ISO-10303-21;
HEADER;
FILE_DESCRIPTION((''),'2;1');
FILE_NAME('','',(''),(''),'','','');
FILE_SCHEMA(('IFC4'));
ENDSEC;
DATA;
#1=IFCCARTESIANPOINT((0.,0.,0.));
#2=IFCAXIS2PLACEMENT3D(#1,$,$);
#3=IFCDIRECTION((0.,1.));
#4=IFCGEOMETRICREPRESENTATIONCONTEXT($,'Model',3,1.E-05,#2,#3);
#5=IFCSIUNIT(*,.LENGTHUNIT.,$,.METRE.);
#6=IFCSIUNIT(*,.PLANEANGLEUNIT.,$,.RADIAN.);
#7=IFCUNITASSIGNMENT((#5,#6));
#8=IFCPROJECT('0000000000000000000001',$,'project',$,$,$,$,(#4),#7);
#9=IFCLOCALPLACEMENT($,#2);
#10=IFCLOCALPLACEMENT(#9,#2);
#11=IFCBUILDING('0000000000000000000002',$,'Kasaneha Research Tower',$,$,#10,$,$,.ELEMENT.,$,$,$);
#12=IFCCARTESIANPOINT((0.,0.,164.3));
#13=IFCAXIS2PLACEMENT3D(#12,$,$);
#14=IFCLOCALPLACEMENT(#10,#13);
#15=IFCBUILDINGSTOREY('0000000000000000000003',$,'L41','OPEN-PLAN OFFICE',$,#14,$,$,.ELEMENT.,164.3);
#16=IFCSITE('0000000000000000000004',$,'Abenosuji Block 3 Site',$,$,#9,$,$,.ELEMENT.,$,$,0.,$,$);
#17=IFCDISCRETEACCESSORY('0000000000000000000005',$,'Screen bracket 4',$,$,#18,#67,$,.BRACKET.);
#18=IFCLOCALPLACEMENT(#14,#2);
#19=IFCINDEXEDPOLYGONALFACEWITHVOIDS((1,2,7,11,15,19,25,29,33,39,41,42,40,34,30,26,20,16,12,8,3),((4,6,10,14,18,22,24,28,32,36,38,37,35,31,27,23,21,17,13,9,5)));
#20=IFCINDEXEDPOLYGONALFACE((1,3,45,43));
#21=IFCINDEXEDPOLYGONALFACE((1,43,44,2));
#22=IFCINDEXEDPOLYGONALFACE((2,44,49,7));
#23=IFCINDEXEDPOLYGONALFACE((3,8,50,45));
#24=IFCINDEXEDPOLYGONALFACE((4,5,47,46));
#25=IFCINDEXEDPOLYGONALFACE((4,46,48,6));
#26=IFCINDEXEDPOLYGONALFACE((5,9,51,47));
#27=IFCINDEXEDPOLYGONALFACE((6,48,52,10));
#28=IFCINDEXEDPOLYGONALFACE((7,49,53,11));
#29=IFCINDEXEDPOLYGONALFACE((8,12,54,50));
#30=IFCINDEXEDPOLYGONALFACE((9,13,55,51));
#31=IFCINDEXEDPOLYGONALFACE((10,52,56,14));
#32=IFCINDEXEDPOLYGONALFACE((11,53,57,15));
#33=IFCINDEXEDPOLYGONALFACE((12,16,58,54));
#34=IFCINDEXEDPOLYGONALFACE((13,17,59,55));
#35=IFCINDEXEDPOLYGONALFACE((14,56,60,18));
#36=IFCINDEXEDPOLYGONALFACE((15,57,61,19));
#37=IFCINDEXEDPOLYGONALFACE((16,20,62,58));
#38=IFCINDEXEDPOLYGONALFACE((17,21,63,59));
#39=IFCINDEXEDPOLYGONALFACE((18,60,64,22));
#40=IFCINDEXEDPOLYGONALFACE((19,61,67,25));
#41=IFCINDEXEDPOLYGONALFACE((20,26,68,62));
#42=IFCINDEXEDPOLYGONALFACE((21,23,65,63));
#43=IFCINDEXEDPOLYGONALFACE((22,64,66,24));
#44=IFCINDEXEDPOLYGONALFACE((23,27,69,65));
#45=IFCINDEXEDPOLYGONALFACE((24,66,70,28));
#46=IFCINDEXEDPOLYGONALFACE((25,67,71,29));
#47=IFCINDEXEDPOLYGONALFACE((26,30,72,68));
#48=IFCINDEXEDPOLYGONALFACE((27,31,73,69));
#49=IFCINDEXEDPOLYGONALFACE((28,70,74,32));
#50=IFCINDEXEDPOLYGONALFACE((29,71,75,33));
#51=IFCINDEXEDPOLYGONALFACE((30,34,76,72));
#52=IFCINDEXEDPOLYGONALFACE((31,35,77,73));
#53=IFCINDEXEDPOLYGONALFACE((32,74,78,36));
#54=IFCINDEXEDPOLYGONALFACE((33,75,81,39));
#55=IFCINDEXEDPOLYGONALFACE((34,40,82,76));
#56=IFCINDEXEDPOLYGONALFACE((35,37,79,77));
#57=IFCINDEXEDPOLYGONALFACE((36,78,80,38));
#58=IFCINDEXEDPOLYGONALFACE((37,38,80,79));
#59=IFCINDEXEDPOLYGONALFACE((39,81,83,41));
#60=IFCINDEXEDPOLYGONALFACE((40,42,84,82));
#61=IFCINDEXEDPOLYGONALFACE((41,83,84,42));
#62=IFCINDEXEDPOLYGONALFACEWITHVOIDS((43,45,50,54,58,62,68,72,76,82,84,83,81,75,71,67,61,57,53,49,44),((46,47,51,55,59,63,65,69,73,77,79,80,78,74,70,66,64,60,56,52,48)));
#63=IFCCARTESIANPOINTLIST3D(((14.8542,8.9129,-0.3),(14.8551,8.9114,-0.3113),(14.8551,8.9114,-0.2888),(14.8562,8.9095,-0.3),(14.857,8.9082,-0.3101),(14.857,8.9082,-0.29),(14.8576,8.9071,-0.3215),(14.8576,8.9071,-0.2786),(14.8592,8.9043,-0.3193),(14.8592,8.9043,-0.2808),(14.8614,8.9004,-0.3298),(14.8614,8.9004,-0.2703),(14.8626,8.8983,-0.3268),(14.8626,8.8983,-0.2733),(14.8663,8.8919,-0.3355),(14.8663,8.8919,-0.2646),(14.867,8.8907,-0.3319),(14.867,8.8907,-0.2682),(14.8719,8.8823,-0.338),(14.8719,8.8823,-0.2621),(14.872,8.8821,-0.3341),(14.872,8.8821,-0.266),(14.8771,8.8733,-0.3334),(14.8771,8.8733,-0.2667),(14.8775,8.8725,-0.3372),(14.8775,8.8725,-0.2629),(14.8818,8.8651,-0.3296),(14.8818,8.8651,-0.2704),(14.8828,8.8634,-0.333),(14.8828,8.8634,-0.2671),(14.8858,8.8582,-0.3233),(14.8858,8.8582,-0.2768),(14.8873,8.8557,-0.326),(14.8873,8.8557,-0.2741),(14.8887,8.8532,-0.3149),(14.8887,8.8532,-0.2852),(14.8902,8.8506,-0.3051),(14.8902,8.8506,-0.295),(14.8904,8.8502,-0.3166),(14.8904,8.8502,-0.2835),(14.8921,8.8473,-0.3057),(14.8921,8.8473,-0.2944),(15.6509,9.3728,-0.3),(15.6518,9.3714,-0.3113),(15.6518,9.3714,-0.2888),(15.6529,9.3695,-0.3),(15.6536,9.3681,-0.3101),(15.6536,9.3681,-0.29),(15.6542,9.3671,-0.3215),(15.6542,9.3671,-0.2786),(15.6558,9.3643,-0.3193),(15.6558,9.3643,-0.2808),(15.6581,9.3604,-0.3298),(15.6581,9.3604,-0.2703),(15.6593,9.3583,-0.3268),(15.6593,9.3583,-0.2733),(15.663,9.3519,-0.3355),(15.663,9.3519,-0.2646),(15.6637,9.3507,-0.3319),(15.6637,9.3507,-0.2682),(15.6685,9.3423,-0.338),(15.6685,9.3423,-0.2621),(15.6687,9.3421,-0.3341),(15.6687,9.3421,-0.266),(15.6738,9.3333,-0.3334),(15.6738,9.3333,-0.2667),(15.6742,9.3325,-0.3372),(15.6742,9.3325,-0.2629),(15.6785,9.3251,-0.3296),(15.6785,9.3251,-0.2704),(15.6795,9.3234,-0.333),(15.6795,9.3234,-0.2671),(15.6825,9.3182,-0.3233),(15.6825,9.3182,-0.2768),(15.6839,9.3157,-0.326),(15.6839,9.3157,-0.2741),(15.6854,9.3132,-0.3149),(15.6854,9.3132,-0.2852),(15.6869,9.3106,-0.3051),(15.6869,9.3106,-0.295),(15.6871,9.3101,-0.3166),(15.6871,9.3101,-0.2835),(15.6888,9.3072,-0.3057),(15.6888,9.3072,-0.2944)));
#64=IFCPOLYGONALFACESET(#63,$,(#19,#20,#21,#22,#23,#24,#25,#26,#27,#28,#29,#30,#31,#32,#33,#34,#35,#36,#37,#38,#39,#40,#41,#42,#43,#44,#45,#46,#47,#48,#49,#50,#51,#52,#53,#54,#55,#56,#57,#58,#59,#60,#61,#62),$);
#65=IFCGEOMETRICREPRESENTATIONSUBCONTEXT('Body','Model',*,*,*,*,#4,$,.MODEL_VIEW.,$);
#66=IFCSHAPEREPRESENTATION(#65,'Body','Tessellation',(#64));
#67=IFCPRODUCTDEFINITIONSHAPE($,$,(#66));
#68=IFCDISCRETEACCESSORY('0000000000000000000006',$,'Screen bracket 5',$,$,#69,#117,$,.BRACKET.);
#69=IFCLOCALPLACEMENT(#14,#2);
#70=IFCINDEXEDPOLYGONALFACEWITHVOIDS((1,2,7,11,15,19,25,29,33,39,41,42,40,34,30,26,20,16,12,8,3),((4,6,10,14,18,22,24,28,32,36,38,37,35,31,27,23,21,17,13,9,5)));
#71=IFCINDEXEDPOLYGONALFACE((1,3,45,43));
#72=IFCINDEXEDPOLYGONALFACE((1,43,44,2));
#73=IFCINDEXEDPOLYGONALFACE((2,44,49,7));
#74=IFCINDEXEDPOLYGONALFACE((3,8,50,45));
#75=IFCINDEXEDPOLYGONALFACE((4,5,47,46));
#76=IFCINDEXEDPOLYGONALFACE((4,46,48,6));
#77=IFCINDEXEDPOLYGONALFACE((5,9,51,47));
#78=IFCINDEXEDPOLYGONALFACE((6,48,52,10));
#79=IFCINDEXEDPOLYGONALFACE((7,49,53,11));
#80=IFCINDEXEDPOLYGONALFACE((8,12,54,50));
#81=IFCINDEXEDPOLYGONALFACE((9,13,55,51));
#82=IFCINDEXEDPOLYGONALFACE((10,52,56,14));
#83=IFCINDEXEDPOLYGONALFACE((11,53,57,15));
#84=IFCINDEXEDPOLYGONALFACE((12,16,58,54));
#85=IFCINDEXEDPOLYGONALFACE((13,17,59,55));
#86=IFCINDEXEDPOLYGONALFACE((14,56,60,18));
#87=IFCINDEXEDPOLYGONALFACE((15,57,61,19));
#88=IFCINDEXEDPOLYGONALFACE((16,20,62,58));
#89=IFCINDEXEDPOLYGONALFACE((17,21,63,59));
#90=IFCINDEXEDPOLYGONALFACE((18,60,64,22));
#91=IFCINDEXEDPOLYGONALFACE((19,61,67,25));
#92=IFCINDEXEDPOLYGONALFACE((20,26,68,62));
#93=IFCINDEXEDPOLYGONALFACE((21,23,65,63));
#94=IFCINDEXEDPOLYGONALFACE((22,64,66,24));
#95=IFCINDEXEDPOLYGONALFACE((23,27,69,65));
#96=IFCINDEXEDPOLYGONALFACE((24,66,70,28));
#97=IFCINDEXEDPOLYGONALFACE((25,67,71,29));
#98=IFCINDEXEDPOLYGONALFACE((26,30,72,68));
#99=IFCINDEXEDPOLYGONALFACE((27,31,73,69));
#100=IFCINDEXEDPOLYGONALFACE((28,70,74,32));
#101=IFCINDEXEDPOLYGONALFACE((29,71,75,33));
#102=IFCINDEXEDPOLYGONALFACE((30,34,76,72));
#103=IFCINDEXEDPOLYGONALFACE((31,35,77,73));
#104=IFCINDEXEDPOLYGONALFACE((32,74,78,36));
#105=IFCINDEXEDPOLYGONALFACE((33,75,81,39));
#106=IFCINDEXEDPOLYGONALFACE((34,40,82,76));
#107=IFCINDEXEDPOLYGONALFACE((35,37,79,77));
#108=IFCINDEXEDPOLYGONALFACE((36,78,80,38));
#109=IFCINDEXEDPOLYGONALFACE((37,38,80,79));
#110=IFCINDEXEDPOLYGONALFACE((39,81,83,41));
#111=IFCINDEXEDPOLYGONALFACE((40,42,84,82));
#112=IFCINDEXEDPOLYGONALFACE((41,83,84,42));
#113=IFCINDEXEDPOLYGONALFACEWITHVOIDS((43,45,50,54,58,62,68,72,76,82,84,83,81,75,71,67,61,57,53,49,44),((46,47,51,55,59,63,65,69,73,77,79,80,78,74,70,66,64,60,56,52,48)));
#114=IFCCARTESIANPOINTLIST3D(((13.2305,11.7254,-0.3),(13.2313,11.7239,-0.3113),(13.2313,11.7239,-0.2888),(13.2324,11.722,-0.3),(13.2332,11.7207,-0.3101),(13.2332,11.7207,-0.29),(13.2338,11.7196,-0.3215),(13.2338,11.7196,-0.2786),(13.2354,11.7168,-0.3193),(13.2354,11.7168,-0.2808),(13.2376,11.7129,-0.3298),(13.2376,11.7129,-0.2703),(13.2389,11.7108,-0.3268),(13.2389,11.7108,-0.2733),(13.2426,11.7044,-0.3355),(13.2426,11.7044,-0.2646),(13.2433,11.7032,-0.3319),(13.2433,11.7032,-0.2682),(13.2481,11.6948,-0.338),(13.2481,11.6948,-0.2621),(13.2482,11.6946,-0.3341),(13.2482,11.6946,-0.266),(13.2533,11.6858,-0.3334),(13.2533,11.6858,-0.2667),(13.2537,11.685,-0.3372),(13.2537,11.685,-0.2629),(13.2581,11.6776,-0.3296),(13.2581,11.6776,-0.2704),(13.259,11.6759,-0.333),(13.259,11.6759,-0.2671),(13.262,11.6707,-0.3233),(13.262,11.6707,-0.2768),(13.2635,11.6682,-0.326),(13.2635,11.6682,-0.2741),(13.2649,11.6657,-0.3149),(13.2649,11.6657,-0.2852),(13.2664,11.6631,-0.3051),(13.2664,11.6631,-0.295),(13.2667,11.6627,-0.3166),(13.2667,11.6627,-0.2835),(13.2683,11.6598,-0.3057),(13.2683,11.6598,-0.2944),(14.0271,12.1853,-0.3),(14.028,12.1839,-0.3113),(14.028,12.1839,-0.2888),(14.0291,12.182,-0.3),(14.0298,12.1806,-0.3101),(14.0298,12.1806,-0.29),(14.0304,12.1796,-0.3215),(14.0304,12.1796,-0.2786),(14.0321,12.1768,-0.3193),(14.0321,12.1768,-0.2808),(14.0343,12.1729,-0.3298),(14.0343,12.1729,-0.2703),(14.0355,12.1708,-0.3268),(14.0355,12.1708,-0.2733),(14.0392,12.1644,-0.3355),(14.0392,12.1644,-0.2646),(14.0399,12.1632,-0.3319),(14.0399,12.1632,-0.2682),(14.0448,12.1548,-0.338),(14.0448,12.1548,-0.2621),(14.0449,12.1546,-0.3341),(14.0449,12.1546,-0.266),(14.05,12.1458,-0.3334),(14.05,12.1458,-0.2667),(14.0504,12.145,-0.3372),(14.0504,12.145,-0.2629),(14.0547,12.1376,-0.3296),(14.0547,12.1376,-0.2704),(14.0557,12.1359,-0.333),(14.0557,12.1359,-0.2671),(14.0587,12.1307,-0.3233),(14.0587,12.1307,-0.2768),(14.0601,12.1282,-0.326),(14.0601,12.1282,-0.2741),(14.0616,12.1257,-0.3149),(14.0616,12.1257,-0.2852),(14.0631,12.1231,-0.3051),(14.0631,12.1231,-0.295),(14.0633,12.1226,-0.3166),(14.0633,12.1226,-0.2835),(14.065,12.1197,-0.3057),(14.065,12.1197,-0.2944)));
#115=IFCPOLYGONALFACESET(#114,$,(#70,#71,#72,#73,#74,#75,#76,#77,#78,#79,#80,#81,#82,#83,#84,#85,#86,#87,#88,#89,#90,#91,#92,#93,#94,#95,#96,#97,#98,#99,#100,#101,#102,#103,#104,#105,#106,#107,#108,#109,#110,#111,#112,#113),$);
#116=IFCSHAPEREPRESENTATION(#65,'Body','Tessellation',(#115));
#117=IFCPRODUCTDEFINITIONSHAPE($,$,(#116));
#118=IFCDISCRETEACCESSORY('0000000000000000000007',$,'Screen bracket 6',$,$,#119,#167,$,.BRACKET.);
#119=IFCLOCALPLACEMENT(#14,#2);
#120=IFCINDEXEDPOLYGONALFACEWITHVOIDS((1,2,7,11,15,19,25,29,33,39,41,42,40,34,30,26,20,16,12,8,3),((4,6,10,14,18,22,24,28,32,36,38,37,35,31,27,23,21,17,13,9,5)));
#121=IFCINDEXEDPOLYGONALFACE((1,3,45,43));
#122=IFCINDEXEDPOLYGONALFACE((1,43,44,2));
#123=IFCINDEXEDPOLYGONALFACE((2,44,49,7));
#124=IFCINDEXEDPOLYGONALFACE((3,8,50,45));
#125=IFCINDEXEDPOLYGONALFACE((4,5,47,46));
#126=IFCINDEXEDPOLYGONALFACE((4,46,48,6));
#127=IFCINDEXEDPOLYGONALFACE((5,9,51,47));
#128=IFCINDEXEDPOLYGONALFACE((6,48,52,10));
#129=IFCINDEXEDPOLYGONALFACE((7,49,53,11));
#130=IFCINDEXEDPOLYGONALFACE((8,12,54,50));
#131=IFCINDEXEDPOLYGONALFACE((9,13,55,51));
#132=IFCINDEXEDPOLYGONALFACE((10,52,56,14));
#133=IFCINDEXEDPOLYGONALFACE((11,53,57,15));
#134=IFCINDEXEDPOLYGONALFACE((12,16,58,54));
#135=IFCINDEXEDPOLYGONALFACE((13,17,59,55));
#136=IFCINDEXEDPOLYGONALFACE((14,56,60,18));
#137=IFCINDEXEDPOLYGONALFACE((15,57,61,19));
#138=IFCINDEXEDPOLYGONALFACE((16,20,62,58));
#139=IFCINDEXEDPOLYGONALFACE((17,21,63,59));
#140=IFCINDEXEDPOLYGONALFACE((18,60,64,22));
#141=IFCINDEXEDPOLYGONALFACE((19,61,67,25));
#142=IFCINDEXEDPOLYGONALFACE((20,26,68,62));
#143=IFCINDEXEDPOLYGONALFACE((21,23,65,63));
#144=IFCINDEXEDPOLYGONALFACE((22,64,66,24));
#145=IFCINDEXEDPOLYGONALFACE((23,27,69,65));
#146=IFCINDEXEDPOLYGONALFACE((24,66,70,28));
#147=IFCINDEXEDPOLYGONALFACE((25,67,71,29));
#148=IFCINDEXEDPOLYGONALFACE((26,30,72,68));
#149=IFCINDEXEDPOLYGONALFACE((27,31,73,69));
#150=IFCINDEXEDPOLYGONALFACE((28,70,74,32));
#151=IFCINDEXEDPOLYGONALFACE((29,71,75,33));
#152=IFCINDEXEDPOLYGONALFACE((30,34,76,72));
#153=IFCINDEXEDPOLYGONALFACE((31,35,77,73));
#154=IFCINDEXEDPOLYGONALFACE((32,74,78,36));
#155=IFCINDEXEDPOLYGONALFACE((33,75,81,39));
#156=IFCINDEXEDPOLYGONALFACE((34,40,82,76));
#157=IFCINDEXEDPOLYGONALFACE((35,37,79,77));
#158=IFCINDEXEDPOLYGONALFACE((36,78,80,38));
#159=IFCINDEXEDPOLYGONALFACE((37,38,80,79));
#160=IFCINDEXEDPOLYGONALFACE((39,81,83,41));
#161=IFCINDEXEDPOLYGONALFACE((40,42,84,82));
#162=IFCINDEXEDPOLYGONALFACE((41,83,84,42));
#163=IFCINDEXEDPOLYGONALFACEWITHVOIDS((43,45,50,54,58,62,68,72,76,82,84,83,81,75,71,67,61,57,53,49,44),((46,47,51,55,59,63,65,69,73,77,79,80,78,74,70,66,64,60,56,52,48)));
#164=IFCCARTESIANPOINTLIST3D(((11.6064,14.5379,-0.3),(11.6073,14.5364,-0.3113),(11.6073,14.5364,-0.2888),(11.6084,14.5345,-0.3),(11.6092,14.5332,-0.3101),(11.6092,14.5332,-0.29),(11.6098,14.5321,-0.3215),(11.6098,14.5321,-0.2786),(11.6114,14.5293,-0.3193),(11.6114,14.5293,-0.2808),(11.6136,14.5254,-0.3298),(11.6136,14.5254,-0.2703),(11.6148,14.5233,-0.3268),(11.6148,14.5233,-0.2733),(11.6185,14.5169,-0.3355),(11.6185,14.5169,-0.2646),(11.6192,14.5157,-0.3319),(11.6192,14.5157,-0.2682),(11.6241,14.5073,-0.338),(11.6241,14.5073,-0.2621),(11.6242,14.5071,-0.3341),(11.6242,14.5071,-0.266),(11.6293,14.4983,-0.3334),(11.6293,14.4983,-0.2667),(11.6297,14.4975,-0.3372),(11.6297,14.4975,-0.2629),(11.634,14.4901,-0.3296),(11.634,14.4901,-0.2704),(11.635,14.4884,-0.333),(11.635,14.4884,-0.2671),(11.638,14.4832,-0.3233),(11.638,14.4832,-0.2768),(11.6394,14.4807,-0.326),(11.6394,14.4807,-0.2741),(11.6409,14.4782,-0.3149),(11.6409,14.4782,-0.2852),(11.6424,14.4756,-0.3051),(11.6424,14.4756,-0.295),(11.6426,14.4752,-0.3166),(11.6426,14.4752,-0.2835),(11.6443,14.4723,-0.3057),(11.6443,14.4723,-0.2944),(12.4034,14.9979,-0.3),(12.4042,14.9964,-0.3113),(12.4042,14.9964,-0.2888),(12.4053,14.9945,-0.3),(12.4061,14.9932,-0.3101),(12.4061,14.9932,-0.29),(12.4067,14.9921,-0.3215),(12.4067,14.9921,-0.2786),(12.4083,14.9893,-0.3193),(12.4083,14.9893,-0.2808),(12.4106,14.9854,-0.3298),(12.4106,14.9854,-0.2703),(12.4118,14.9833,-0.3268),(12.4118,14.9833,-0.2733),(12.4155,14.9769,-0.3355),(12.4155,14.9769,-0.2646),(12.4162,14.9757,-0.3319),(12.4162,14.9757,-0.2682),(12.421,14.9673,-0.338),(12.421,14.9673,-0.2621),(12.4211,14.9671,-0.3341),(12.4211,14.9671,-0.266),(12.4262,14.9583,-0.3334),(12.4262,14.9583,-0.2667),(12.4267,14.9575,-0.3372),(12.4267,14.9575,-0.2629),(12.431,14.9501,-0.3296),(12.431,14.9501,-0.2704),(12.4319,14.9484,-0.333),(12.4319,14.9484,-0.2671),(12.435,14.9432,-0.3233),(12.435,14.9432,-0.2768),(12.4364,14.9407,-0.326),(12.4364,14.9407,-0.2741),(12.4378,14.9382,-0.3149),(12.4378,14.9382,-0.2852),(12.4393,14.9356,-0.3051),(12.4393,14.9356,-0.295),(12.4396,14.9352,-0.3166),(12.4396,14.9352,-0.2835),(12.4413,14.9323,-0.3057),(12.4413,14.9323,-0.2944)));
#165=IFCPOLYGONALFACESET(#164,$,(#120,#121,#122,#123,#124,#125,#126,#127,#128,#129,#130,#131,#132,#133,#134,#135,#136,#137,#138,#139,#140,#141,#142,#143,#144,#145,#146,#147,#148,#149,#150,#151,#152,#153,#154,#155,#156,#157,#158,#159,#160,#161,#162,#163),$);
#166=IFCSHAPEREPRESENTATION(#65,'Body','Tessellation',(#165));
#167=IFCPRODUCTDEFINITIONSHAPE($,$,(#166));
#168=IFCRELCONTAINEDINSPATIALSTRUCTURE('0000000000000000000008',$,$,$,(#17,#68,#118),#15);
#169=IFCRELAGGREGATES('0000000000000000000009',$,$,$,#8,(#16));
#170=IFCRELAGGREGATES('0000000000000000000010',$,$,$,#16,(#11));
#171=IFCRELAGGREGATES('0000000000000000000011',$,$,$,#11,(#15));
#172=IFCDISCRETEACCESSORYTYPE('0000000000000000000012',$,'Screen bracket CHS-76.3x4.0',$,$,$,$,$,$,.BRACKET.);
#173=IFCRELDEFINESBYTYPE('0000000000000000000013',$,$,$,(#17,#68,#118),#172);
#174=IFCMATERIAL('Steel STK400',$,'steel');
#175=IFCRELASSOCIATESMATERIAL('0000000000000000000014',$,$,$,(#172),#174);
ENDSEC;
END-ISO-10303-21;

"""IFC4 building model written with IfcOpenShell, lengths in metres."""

from ifc_helpers import new_model, si_unit, direction, frame, origin, origin_2d, place, context, subcontext, project, spatial, hollow_circle, extrude, material, material_profile, profile_set, type_object, element, save


model = new_model("IFC4")

# Units and contexts
model_context = context("Model", 3, precision=1e-05, world=origin(), true_north=direction((0.0, 1.0)))
body_context = subcontext(model_context, "Body", "Model", "MODEL_VIEW")
ifc_project = project(units=[si_unit("LENGTHUNIT", "METRE"), si_unit("PLANEANGLEUNIT", "RADIAN")], contexts=[model_context])

# Site, building, storey
site_placement = place(None, origin())
site = spatial("IfcSite", under=ifc_project, at=site_placement, Name="Abenosuji Block 3 Site", CompositionType="ELEMENT", RefElevation=0.0)
building_placement = place(site_placement, origin())
building = spatial("IfcBuilding", under=site, at=building_placement, Name="Kasaneha Research Tower", CompositionType="ELEMENT")
storey_placement = place(building_placement, frame((0.0, 0.0, 164.3)))
storey = spatial("IfcBuildingStorey", under=building, at=storey_placement, Name="L41", Description="OPEN-PLAN OFFICE", CompositionType="ELEMENT", Elevation=164.3)

# Discrete accessories
ifc_material_1 = material(Name="Steel STK400", Category="steel")
ifc_material_profile_1 = material_profile(ifc_material_1, hollow_circle(Radius=0.0381, WallThickness=0.0039, at=origin_2d()), Name="CHS-76.3x4.0")
ifc_profile_set_1 = profile_set([ifc_material_profile_1], Name="Steel STK400")
discrete_accessory_type = type_object("IfcDiscreteAccessoryType", Name="Screen bracket CHS-76.3x4.0", PredefinedType="BRACKET", material=ifc_profile_set_1)
for number, where, z_axis, x_axis, name in (
    (1, (14.8733, 8.8799, -0.3), (0.866013, 0.500021, 0.0), (-0.500021, 0.866013, 0.0), "Screen bracket 4"),
    (2, (13.2495, 11.6924, -0.3), (0.866013, 0.500021, 0.0), (-0.500021, 0.866013, 0.0), "Screen bracket 5"),
):
    element("IfcDiscreteAccessory", number, at=place(storey_placement, frame(where, z_axis=z_axis, x_axis=x_axis)), inside=storey, type_object=discrete_accessory_type, Name=name, PredefinedType="BRACKET", context=body_context, shape_type="SweptSolid", body=[
        extrude(hollow_circle(Radius=0.0381, WallThickness=0.0039, at=origin_2d()), origin(), (0.0, 0.0, 1.0), 0.9199),
    ])
for number, where, z_axis, x_axis, name in (
    (3, (11.6255, 14.5049, -0.3), (0.86608, 0.499906, 0.0), (-0.499906, 0.86608, 0.0), "Screen bracket 6"),
):
    element("IfcDiscreteAccessory", number, at=place(storey_placement, frame(where, z_axis=z_axis, x_axis=x_axis)), inside=storey, type_object=discrete_accessory_type, Name=name, PredefinedType="BRACKET", context=body_context, shape_type="SweptSolid", body=[
        extrude(hollow_circle(Radius=0.0381, WallThickness=0.0039, at=origin_2d()), origin(), (0.0, 0.0, 1.0), 0.9202),
    ])

save(model, "model.ifc")
